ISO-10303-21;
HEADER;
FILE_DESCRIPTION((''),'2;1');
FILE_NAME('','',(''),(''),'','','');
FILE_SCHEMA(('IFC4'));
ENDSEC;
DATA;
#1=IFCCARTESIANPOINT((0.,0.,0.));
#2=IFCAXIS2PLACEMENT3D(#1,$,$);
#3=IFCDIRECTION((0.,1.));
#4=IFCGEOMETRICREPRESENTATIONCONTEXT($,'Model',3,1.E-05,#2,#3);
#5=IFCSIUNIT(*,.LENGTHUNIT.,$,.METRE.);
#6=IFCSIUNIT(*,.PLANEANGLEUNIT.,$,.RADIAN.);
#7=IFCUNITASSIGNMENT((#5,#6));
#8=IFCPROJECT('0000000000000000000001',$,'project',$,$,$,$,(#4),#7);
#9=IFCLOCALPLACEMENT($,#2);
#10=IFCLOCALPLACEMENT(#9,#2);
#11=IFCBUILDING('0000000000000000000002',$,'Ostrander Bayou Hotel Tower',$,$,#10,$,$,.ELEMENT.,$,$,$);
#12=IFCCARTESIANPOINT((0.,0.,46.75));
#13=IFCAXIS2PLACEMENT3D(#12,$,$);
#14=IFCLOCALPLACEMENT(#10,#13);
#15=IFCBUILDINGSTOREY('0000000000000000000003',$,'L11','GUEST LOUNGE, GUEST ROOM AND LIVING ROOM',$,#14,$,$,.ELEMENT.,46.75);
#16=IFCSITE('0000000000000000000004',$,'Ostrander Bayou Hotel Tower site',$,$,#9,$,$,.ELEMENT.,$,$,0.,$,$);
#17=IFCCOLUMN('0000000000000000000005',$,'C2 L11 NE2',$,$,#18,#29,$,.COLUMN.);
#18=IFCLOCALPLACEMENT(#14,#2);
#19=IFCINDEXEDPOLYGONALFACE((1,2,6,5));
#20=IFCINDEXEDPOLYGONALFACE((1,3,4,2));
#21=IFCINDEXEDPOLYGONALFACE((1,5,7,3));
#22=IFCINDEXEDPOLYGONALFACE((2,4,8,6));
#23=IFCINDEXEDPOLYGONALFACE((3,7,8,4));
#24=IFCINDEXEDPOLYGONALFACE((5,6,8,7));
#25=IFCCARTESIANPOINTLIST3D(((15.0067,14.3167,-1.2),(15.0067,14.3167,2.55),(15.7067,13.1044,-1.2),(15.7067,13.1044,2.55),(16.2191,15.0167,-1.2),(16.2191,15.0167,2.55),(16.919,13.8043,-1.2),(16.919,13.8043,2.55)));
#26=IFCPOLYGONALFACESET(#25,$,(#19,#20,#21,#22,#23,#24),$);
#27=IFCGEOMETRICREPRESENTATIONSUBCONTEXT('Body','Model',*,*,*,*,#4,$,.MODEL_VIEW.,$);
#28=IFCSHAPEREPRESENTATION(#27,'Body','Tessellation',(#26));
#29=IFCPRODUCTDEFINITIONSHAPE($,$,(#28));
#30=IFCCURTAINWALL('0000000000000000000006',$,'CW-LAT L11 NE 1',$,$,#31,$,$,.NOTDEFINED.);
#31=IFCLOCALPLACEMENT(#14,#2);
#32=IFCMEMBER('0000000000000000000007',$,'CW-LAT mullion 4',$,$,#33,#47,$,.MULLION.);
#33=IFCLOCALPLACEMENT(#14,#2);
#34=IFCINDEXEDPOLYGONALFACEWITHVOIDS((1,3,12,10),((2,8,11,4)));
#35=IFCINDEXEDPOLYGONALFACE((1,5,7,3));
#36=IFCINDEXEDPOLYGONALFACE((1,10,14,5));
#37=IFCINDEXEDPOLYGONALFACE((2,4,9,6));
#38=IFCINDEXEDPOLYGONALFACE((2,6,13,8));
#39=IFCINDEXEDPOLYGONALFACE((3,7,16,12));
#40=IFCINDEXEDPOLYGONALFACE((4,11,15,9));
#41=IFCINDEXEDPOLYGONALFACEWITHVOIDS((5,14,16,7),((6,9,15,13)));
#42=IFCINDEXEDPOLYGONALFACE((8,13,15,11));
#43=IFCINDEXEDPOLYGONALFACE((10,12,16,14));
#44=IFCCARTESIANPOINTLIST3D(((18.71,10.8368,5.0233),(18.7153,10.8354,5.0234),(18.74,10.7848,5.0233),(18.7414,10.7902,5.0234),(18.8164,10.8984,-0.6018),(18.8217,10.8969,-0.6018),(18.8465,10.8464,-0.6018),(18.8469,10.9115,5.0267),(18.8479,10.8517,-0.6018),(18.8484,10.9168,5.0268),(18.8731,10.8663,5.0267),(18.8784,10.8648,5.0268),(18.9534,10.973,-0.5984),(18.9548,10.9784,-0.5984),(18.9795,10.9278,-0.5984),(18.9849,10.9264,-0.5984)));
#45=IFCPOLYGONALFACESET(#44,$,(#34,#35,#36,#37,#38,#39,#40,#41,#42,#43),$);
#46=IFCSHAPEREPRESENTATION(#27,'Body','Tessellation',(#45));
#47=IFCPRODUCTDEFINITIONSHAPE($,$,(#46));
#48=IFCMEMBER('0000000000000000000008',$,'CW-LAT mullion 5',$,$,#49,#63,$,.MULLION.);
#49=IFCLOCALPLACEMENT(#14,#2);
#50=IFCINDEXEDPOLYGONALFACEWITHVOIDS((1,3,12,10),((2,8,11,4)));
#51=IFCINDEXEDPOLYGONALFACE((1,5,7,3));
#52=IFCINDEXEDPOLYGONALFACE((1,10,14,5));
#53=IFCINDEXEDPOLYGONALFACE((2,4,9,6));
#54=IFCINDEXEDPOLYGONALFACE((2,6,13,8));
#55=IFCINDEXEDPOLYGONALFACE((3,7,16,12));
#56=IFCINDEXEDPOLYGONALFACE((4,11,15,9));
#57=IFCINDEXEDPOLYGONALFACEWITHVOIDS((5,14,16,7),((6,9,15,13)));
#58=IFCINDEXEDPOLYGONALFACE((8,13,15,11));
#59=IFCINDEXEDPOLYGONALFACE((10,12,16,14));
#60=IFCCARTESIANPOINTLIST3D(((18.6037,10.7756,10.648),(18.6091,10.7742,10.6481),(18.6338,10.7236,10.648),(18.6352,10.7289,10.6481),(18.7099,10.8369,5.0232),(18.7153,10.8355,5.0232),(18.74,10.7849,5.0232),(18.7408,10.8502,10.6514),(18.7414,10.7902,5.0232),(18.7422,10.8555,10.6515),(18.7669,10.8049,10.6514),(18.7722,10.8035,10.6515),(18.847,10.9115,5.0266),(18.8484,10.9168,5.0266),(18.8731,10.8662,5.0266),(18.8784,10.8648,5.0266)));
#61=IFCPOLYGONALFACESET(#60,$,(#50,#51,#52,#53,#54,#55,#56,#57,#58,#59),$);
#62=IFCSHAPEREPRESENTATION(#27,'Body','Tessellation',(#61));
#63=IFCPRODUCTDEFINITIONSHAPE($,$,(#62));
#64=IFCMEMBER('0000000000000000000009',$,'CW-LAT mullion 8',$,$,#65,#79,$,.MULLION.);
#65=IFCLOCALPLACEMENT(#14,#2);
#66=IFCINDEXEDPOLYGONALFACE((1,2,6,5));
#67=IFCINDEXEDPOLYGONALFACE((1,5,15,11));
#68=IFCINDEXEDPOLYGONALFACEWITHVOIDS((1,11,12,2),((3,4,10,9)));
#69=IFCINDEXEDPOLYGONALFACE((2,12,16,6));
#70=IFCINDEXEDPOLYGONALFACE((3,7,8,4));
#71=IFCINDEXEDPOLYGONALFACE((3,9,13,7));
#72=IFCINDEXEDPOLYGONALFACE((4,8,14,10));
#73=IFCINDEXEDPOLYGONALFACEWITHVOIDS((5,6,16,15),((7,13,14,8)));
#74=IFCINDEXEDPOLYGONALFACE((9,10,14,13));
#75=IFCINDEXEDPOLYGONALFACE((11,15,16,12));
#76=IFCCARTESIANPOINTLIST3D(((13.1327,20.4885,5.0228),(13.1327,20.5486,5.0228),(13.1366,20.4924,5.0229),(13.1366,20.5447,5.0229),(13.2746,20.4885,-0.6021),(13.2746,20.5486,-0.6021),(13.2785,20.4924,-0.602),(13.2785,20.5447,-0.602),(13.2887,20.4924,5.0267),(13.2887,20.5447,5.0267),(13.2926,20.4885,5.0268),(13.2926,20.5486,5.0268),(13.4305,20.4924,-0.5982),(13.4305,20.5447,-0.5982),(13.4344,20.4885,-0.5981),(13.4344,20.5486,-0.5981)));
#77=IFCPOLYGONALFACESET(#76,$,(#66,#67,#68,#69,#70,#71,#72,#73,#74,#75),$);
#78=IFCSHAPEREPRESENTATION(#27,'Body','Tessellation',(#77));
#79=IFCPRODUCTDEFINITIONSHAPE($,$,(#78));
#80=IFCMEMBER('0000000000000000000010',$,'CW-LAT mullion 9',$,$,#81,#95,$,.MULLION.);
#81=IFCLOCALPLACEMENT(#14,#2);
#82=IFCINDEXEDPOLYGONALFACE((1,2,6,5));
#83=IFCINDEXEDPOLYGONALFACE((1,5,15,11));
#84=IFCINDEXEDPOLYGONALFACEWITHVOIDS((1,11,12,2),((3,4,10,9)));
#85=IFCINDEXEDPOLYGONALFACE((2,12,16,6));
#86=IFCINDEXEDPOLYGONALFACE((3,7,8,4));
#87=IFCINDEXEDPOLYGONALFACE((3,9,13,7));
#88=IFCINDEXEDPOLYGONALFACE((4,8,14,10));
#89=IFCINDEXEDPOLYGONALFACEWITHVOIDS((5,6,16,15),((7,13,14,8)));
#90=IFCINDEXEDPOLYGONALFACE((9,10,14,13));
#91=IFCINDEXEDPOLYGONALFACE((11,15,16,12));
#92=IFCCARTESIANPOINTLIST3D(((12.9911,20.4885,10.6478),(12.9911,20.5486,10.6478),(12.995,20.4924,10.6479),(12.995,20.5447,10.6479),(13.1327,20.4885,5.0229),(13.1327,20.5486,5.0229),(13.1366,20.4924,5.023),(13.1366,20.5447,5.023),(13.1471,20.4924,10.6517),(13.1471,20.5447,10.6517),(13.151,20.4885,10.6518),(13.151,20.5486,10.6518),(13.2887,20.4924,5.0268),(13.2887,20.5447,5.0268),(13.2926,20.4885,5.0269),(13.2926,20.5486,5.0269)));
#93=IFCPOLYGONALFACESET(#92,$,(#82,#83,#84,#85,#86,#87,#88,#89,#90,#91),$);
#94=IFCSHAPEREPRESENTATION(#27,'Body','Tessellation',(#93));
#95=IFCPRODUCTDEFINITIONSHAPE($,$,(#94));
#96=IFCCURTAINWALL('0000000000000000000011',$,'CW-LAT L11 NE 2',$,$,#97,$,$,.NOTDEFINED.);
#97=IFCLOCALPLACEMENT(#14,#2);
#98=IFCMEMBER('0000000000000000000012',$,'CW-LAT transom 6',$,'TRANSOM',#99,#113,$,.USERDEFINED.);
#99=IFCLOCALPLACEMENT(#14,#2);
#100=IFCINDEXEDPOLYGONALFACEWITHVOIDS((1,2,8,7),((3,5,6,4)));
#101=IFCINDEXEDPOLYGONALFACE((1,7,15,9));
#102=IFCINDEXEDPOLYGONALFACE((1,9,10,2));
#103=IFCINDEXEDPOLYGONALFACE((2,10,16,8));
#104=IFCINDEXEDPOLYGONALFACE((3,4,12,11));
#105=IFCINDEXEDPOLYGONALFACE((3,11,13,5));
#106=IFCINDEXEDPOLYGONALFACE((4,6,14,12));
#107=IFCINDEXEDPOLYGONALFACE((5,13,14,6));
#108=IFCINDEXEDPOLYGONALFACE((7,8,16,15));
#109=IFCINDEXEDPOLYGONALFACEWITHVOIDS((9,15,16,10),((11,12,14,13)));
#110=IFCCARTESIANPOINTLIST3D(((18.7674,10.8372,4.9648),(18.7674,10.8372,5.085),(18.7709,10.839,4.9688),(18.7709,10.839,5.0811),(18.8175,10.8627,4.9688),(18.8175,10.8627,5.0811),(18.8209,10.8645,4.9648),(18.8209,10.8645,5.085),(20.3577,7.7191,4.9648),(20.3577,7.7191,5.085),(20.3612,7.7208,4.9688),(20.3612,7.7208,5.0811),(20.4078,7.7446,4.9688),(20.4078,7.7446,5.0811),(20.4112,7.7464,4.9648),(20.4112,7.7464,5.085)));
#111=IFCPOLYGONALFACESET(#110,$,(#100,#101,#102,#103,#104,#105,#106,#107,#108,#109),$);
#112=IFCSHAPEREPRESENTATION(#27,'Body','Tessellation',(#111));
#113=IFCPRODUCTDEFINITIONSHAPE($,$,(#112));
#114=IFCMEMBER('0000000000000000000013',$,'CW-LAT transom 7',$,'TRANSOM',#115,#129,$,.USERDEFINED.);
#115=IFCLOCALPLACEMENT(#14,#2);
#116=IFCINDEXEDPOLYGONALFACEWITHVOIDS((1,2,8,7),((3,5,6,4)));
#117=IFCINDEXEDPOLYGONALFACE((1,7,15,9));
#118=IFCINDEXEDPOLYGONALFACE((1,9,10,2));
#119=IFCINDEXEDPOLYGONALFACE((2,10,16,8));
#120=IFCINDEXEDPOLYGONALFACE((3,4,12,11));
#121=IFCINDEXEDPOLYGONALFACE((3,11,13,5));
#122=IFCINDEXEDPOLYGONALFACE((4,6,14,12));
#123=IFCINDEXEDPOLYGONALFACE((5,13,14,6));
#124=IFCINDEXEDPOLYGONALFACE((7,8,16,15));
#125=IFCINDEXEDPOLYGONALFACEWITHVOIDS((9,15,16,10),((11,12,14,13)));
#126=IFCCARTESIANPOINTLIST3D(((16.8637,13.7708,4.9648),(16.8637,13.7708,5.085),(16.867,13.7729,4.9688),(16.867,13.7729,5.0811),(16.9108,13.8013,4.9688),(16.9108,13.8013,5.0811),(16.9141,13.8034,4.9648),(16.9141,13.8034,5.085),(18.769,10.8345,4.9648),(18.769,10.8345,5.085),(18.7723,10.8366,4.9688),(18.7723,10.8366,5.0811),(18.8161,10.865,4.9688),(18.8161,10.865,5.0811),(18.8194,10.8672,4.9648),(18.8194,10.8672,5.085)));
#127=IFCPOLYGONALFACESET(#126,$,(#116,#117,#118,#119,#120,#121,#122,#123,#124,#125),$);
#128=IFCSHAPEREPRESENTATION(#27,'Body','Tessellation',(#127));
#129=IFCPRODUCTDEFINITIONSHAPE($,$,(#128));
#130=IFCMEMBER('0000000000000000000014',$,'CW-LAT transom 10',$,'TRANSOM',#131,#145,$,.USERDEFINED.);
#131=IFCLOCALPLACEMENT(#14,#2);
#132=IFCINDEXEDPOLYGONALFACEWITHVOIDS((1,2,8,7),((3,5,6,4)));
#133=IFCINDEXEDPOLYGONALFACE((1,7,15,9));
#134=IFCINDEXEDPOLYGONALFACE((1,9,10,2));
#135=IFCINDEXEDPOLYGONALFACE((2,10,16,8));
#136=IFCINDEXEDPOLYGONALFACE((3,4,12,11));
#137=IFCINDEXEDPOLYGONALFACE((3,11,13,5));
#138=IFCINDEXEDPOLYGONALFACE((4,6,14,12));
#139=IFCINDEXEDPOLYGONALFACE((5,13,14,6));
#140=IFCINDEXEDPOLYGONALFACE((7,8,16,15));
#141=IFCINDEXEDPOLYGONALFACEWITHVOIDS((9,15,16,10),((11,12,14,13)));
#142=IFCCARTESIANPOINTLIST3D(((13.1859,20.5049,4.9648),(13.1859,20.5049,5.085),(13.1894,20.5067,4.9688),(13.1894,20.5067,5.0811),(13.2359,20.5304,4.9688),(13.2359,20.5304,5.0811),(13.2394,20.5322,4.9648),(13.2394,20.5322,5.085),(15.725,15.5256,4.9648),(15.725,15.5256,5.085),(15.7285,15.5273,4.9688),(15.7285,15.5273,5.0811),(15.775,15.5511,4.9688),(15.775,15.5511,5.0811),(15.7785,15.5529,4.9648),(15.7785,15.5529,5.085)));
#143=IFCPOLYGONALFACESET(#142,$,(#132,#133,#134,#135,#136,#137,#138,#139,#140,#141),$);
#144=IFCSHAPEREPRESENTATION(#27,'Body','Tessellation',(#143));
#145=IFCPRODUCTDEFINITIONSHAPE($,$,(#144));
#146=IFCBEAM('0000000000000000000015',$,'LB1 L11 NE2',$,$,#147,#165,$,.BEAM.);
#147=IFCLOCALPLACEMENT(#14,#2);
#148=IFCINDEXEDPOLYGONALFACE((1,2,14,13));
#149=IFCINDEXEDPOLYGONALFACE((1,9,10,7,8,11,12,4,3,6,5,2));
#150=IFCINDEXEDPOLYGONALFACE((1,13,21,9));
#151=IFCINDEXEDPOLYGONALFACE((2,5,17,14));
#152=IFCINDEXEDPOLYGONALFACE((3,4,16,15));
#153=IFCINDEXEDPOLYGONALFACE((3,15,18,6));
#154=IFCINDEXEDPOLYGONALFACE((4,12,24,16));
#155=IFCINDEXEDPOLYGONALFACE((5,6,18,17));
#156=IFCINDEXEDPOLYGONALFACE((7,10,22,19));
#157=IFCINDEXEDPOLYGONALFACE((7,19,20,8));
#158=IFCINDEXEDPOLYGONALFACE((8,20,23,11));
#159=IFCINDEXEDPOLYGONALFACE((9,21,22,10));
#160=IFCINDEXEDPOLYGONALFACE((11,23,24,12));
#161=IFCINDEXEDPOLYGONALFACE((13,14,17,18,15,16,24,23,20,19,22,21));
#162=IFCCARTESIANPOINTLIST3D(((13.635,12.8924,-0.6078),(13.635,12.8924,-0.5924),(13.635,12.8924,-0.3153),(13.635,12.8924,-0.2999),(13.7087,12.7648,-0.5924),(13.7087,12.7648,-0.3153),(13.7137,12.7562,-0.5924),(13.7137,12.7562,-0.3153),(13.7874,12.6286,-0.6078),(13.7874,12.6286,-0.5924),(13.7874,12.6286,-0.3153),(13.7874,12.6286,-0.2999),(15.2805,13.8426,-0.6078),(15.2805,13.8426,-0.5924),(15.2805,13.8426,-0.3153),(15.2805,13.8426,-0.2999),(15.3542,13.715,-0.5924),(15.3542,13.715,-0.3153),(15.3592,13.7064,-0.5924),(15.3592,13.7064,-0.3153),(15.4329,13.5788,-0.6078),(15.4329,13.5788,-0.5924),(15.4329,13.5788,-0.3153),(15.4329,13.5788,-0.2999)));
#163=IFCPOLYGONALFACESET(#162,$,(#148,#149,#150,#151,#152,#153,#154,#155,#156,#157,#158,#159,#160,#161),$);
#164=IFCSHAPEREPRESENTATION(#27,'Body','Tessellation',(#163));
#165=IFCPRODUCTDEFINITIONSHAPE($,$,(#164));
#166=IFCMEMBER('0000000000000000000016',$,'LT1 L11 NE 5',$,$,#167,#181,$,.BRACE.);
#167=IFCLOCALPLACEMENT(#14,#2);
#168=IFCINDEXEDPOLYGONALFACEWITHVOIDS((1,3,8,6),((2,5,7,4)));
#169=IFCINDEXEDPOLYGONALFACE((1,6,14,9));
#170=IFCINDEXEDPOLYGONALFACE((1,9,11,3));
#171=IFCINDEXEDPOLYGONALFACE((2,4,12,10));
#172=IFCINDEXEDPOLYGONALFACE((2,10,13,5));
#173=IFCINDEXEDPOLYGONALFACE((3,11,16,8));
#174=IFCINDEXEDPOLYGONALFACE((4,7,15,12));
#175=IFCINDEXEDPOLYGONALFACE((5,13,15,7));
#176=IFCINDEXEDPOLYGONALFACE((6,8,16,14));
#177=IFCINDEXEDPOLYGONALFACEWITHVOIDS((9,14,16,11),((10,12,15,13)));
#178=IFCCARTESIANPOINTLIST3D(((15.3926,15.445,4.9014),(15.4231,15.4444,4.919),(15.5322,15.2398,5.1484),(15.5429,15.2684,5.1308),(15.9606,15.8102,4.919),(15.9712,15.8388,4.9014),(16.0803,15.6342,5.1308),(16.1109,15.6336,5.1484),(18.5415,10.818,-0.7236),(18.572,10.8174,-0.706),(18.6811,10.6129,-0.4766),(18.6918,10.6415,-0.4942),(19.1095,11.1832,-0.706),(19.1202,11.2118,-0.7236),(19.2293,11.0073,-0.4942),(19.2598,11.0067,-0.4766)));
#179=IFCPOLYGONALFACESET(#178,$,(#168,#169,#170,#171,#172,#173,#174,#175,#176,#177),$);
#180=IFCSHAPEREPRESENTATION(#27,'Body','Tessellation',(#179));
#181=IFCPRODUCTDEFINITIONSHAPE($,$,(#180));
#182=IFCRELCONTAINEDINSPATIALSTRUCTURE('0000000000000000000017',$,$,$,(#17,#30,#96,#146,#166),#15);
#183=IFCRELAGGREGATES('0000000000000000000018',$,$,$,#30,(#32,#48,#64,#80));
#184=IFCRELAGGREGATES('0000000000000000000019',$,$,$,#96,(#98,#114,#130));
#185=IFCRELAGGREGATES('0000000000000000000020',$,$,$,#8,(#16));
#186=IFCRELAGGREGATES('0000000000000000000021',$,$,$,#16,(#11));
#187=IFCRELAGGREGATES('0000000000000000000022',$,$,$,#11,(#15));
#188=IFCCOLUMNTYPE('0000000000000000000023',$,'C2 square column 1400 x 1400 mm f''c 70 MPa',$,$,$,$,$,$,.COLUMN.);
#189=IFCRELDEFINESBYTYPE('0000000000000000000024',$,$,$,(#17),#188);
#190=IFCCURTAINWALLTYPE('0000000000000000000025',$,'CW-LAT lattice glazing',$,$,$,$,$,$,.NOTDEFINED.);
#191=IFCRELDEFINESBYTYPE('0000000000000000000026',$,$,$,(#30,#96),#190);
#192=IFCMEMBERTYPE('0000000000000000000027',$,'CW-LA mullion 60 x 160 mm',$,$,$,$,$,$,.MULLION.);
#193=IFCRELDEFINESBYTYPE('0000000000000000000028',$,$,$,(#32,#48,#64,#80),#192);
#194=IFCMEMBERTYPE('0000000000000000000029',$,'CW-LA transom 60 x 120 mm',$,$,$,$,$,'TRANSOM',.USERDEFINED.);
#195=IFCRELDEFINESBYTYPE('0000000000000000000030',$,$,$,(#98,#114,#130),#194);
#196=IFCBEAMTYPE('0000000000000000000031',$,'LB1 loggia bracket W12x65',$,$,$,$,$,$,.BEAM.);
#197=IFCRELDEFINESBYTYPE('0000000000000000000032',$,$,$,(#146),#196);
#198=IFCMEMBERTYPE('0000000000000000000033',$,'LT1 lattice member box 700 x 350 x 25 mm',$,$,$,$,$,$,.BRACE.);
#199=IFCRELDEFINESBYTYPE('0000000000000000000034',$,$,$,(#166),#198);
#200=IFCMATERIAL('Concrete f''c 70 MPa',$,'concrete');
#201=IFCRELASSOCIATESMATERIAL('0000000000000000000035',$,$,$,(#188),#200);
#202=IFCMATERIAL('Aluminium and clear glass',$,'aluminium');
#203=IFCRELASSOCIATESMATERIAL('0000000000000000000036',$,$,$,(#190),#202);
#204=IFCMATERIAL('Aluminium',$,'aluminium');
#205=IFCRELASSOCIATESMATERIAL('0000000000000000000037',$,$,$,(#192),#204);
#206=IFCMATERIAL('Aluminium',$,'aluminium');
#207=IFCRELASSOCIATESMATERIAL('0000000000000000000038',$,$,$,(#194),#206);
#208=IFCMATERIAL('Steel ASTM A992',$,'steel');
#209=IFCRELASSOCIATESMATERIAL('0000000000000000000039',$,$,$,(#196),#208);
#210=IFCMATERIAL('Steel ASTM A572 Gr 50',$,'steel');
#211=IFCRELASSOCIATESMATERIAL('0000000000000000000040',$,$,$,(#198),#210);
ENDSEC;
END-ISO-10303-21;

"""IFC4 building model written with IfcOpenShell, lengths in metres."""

from ifc_helpers import new_model, si_unit, direction, frame, origin, origin_2d, place, context, subcontext, project, spatial, rectangle, hollow_rectangle, i_section, extrude, material, material_profile, profile_set, type_object, element, aggregate, save


model = new_model("IFC4")

# Units and contexts
model_context = context("Model", 3, precision=1e-05, world=origin(), true_north=direction((0.0, 1.0)))
body_context = subcontext(model_context, "Body", "Model", "MODEL_VIEW")
ifc_project = project(units=[si_unit("LENGTHUNIT", "METRE"), si_unit("PLANEANGLEUNIT", "RADIAN")], contexts=[model_context])

# Site, building, storey
site_placement = place(None, origin())
site = spatial("IfcSite", under=ifc_project, at=site_placement, Name="Ostrander Bayou Hotel Tower site", CompositionType="ELEMENT", RefElevation=0.0)
building_placement = place(site_placement, origin())
building = spatial("IfcBuilding", under=site, at=building_placement, Name="Ostrander Bayou Hotel Tower", CompositionType="ELEMENT")
storey_placement = place(building_placement, frame((0.0, 0.0, 46.75)))
storey = spatial("IfcBuildingStorey", under=building, at=storey_placement, Name="L11", Description="GUEST LOUNGE, GUEST ROOM AND LIVING ROOM", CompositionType="ELEMENT", Elevation=46.75)

# Column
ifc_material_1 = material(Name="Concrete f'c 70 MPa", Category="concrete")
ifc_material_profile_1 = material_profile(ifc_material_1, rectangle(XDim=1.3999, YDim=1.3999, at=origin_2d()))
ifc_profile_set_1 = profile_set([ifc_material_profile_1], Name="Concrete f'c 70 MPa")
column_type = type_object("IfcColumnType", Name="C2 square column 1400 x 1400 mm f'c 70 MPa", PredefinedType="COLUMN", material=ifc_profile_set_1)
column_placement = place(storey_placement, frame((15.9629, 14.0605, -1.2), z_axis=(0.0, 0.0, 1.0), x_axis=(0.5, -0.866025, 0.0)))
element("IfcColumn", 1, at=column_placement, inside=storey, type_object=column_type, Name="C2 L11 NE2", PredefinedType="COLUMN", context=body_context, shape_type="SweptSolid", body=[
    extrude(rectangle(XDim=1.3999, YDim=1.3999, at=origin_2d()), origin(), (0.0, 0.0, 1.0), 3.75),
])

# Curtain walls, members
ifc_material_2 = material(Name="Aluminium and clear glass", Category="aluminium")
curtain_wall_type = type_object("IfcCurtainWallType", Name="CW-LAT lattice glazing", PredefinedType="NOTDEFINED", material=ifc_material_2)
curtain_wall_1_placement = place(storey_placement, origin())
curtain_wall_1 = element("IfcCurtainWall", 2, at=curtain_wall_1_placement, inside=storey, type_object=curtain_wall_type, Name="CW-LAT L11 NE 1", PredefinedType="NOTDEFINED")
ifc_material_3 = material(Name="Aluminium", Category="aluminium")
ifc_material_profile_2 = material_profile(ifc_material_3, hollow_rectangle(XDim=0.0601, YDim=0.1599, WallThickness=0.0039, at=origin_2d()))
ifc_profile_set_2 = profile_set([ifc_material_profile_2], Name="Aluminium")
member_type_1 = type_object("IfcMemberType", Name="CW-LA mullion 60 x 160 mm", PredefinedType="MULLION", material=ifc_profile_set_2)
member_1_placement = place(storey_placement, frame((18.9006, 10.9124, -0.6001), z_axis=(-0.018919, -0.010935, 0.999761), x_axis=(0.50041, -0.865789, 0.0)))
member_1 = element("IfcMember", 3, at=member_1_placement, type_object=member_type_1, Name="CW-LAT mullion 4", PredefinedType="MULLION", context=body_context, shape_type="SweptSolid", body=[
    extrude(hollow_rectangle(XDim=0.0601, YDim=0.1599, WallThickness=0.0039, at=origin_2d()), origin(), (0.0, 0.0, 1.0), 5.6265),
])
member_2_placement = place(storey_placement, frame((18.7942, 10.8508, 5.0249), z_axis=(-0.018876, -0.010892, 0.999763), x_axis=(0.49978, -0.866152, 0.0)))
member_2 = element("IfcMember", 4, at=member_2_placement, type_object=member_type_1, Name="CW-LAT mullion 5", PredefinedType="MULLION", context=body_context, shape_type="SweptSolid", body=[
    extrude(hollow_rectangle(XDim=0.0601, YDim=0.1599, WallThickness=0.0039, at=origin_2d()), origin(), (0.0, 0.0, 1.0), 5.6262),
])
member_3_placement = place(storey_placement, frame((13.3545, 20.5186, -0.6001), z_axis=(-0.025209, 0.0, 0.999682), x_axis=(0.0, -1.0, 0.0)))
member_3 = element("IfcMember", 5, at=member_3_placement, type_object=member_type_1, Name="CW-LAT mullion 8", PredefinedType="MULLION", context=body_context, shape_type="SweptSolid", body=[
    extrude(hollow_rectangle(XDim=0.0601, YDim=0.1599, WallThickness=0.0039, at=origin_2d()), origin(), (0.0, 0.0, 1.0), 5.6267),
])
member_4_placement = place(storey_placement, frame((13.2126, 20.5186, 5.0249), z_axis=(-0.025166, 0.0, 0.999683), x_axis=(0.0, -1.0, 0.0)))
member_4 = element("IfcMember", 6, at=member_4_placement, type_object=member_type_1, Name="CW-LAT mullion 9", PredefinedType="MULLION", context=body_context, shape_type="SweptSolid", body=[
    extrude(hollow_rectangle(XDim=0.0601, YDim=0.1599, WallThickness=0.0039, at=origin_2d()), origin(), (0.0, 0.0, 1.0), 5.6267),
])
curtain_wall_2_placement = place(storey_placement, origin())
curtain_wall_2 = element("IfcCurtainWall", 7, at=curtain_wall_2_placement, inside=storey, type_object=curtain_wall_type, Name="CW-LAT L11 NE 2", PredefinedType="NOTDEFINED")
ifc_material_4 = material(Name="Aluminium", Category="aluminium")
ifc_material_profile_3 = material_profile(ifc_material_4, hollow_rectangle(XDim=0.0601, YDim=0.1201, WallThickness=0.0039, at=origin_2d()))
ifc_profile_set_3 = profile_set([ifc_material_profile_3], Name="Aluminium")
member_type_2 = type_object("IfcMemberType", Name="CW-LA transom 60 x 120 mm", ElementType="TRANSOM", PredefinedType="USERDEFINED", material=ifc_profile_set_3)
member_5_placement = place(storey_placement, frame((18.7942, 10.8508, 5.0249), z_axis=(0.454342, -0.890828, 0.0), x_axis=(0.890828, 0.454342, 0.0)))
member_5 = element("IfcMember", 8, at=member_5_placement, type_object=member_type_2, Name="CW-LAT transom 6", ObjectType="TRANSOM", PredefinedType="USERDEFINED", context=body_context, shape_type="SweptSolid", body=[
    extrude(hollow_rectangle(XDim=0.0601, YDim=0.1201, WallThickness=0.0039, at=origin_2d()), origin(), (0.0, 0.0, 1.0), 3.5002),
])
member_6_placement = place(storey_placement, frame((18.7942, 10.8508, 5.0249), z_axis=(-0.544324, 0.838875, 0.0), x_axis=(-0.838875, -0.544324, 0.0)))
member_6 = element("IfcMember", 9, at=member_6_placement, type_object=member_type_2, Name="CW-LAT transom 7", ObjectType="TRANSOM", PredefinedType="USERDEFINED", context=body_context, shape_type="SweptSolid", body=[
    extrude(hollow_rectangle(XDim=0.0601, YDim=0.1201, WallThickness=0.0039, at=origin_2d()), origin(), (0.0, 0.0, 1.0), 3.5002),
])
member_7_placement = place(storey_placement, frame((13.2126, 20.5186, 5.0249), z_axis=(0.454276, -0.890861, 0.0), x_axis=(0.890861, 0.454276, 0.0)))
member_7 = element("IfcMember", 10, at=member_7_placement, type_object=member_type_2, Name="CW-LAT transom 10", ObjectType="TRANSOM", PredefinedType="USERDEFINED", context=body_context, shape_type="SweptSolid", body=[
    extrude(hollow_rectangle(XDim=0.0601, YDim=0.1201, WallThickness=0.0039, at=origin_2d()), origin(), (0.0, 0.0, 1.0), 5.5894),
])

# Beam
ifc_material_5 = material(Name="Steel ASTM A992", Category="steel")
ifc_material_profile_4 = material_profile(ifc_material_5, i_section(OverallWidth=0.3047, OverallDepth=0.3079, WebThickness=0.01, FlangeThickness=0.0154, at=origin_2d()))
ifc_profile_set_4 = profile_set([ifc_material_profile_4], Name="Steel ASTM A992")
beam_type_1 = type_object("IfcBeamType", Name="LB1 loggia bracket W12x65", PredefinedType="BEAM", material=ifc_profile_set_4)
beam_1_placement = place(storey_placement, frame((15.3567, 13.7107, -0.4539), z_axis=(-0.865989, -0.500064, 0.0), x_axis=(0.500064, -0.865989, 0.0)))
element("IfcBeam", 11, at=beam_1_placement, inside=storey, type_object=beam_type_1, Name="LB1 L11 NE2", PredefinedType="BEAM", context=body_context, shape_type="SweptSolid", body=[
    extrude(i_section(OverallWidth=0.3047, OverallDepth=0.3079, WebThickness=0.01, FlangeThickness=0.0154, at=origin_2d()), origin(), (0.0, 0.0, 1.0), 1.9001),
])

# Member
ifc_material_6 = material(Name="Steel ASTM A572 Gr 50", Category="steel")
ifc_material_profile_5 = material_profile(ifc_material_6, hollow_rectangle(XDim=0.7, YDim=0.3501, WallThickness=0.0249, at=origin_2d()))
ifc_profile_set_5 = profile_set([ifc_material_profile_5], Name="Steel ASTM A572 Gr 50")
member_type_3 = type_object("IfcMemberType", Name="LT1 lattice member box 700 x 350 x 25 mm", PredefinedType="BRACE", material=ifc_profile_set_5)
member_8_placement = place(storey_placement, frame((15.7517, 15.5393, 5.0249), z_axis=(0.396837, -0.583103, -0.70888), x_axis=(0.826711, 0.562627, 0.0)))
element("IfcMember", 12, at=member_8_placement, inside=storey, type_object=member_type_3, Name="LT1 L11 NE 5", PredefinedType="BRACE", context=body_context, shape_type="SweptSolid", body=[
    extrude(hollow_rectangle(XDim=0.7, YDim=0.3501, WallThickness=0.0249, at=origin_2d()), origin(), (0.0, 0.0, 1.0), 7.9351),
])

aggregate(curtain_wall_1, [member_1, member_2, member_3, member_4])
aggregate(curtain_wall_2, [member_5, member_6, member_7])

save(model, "model.ifc")
